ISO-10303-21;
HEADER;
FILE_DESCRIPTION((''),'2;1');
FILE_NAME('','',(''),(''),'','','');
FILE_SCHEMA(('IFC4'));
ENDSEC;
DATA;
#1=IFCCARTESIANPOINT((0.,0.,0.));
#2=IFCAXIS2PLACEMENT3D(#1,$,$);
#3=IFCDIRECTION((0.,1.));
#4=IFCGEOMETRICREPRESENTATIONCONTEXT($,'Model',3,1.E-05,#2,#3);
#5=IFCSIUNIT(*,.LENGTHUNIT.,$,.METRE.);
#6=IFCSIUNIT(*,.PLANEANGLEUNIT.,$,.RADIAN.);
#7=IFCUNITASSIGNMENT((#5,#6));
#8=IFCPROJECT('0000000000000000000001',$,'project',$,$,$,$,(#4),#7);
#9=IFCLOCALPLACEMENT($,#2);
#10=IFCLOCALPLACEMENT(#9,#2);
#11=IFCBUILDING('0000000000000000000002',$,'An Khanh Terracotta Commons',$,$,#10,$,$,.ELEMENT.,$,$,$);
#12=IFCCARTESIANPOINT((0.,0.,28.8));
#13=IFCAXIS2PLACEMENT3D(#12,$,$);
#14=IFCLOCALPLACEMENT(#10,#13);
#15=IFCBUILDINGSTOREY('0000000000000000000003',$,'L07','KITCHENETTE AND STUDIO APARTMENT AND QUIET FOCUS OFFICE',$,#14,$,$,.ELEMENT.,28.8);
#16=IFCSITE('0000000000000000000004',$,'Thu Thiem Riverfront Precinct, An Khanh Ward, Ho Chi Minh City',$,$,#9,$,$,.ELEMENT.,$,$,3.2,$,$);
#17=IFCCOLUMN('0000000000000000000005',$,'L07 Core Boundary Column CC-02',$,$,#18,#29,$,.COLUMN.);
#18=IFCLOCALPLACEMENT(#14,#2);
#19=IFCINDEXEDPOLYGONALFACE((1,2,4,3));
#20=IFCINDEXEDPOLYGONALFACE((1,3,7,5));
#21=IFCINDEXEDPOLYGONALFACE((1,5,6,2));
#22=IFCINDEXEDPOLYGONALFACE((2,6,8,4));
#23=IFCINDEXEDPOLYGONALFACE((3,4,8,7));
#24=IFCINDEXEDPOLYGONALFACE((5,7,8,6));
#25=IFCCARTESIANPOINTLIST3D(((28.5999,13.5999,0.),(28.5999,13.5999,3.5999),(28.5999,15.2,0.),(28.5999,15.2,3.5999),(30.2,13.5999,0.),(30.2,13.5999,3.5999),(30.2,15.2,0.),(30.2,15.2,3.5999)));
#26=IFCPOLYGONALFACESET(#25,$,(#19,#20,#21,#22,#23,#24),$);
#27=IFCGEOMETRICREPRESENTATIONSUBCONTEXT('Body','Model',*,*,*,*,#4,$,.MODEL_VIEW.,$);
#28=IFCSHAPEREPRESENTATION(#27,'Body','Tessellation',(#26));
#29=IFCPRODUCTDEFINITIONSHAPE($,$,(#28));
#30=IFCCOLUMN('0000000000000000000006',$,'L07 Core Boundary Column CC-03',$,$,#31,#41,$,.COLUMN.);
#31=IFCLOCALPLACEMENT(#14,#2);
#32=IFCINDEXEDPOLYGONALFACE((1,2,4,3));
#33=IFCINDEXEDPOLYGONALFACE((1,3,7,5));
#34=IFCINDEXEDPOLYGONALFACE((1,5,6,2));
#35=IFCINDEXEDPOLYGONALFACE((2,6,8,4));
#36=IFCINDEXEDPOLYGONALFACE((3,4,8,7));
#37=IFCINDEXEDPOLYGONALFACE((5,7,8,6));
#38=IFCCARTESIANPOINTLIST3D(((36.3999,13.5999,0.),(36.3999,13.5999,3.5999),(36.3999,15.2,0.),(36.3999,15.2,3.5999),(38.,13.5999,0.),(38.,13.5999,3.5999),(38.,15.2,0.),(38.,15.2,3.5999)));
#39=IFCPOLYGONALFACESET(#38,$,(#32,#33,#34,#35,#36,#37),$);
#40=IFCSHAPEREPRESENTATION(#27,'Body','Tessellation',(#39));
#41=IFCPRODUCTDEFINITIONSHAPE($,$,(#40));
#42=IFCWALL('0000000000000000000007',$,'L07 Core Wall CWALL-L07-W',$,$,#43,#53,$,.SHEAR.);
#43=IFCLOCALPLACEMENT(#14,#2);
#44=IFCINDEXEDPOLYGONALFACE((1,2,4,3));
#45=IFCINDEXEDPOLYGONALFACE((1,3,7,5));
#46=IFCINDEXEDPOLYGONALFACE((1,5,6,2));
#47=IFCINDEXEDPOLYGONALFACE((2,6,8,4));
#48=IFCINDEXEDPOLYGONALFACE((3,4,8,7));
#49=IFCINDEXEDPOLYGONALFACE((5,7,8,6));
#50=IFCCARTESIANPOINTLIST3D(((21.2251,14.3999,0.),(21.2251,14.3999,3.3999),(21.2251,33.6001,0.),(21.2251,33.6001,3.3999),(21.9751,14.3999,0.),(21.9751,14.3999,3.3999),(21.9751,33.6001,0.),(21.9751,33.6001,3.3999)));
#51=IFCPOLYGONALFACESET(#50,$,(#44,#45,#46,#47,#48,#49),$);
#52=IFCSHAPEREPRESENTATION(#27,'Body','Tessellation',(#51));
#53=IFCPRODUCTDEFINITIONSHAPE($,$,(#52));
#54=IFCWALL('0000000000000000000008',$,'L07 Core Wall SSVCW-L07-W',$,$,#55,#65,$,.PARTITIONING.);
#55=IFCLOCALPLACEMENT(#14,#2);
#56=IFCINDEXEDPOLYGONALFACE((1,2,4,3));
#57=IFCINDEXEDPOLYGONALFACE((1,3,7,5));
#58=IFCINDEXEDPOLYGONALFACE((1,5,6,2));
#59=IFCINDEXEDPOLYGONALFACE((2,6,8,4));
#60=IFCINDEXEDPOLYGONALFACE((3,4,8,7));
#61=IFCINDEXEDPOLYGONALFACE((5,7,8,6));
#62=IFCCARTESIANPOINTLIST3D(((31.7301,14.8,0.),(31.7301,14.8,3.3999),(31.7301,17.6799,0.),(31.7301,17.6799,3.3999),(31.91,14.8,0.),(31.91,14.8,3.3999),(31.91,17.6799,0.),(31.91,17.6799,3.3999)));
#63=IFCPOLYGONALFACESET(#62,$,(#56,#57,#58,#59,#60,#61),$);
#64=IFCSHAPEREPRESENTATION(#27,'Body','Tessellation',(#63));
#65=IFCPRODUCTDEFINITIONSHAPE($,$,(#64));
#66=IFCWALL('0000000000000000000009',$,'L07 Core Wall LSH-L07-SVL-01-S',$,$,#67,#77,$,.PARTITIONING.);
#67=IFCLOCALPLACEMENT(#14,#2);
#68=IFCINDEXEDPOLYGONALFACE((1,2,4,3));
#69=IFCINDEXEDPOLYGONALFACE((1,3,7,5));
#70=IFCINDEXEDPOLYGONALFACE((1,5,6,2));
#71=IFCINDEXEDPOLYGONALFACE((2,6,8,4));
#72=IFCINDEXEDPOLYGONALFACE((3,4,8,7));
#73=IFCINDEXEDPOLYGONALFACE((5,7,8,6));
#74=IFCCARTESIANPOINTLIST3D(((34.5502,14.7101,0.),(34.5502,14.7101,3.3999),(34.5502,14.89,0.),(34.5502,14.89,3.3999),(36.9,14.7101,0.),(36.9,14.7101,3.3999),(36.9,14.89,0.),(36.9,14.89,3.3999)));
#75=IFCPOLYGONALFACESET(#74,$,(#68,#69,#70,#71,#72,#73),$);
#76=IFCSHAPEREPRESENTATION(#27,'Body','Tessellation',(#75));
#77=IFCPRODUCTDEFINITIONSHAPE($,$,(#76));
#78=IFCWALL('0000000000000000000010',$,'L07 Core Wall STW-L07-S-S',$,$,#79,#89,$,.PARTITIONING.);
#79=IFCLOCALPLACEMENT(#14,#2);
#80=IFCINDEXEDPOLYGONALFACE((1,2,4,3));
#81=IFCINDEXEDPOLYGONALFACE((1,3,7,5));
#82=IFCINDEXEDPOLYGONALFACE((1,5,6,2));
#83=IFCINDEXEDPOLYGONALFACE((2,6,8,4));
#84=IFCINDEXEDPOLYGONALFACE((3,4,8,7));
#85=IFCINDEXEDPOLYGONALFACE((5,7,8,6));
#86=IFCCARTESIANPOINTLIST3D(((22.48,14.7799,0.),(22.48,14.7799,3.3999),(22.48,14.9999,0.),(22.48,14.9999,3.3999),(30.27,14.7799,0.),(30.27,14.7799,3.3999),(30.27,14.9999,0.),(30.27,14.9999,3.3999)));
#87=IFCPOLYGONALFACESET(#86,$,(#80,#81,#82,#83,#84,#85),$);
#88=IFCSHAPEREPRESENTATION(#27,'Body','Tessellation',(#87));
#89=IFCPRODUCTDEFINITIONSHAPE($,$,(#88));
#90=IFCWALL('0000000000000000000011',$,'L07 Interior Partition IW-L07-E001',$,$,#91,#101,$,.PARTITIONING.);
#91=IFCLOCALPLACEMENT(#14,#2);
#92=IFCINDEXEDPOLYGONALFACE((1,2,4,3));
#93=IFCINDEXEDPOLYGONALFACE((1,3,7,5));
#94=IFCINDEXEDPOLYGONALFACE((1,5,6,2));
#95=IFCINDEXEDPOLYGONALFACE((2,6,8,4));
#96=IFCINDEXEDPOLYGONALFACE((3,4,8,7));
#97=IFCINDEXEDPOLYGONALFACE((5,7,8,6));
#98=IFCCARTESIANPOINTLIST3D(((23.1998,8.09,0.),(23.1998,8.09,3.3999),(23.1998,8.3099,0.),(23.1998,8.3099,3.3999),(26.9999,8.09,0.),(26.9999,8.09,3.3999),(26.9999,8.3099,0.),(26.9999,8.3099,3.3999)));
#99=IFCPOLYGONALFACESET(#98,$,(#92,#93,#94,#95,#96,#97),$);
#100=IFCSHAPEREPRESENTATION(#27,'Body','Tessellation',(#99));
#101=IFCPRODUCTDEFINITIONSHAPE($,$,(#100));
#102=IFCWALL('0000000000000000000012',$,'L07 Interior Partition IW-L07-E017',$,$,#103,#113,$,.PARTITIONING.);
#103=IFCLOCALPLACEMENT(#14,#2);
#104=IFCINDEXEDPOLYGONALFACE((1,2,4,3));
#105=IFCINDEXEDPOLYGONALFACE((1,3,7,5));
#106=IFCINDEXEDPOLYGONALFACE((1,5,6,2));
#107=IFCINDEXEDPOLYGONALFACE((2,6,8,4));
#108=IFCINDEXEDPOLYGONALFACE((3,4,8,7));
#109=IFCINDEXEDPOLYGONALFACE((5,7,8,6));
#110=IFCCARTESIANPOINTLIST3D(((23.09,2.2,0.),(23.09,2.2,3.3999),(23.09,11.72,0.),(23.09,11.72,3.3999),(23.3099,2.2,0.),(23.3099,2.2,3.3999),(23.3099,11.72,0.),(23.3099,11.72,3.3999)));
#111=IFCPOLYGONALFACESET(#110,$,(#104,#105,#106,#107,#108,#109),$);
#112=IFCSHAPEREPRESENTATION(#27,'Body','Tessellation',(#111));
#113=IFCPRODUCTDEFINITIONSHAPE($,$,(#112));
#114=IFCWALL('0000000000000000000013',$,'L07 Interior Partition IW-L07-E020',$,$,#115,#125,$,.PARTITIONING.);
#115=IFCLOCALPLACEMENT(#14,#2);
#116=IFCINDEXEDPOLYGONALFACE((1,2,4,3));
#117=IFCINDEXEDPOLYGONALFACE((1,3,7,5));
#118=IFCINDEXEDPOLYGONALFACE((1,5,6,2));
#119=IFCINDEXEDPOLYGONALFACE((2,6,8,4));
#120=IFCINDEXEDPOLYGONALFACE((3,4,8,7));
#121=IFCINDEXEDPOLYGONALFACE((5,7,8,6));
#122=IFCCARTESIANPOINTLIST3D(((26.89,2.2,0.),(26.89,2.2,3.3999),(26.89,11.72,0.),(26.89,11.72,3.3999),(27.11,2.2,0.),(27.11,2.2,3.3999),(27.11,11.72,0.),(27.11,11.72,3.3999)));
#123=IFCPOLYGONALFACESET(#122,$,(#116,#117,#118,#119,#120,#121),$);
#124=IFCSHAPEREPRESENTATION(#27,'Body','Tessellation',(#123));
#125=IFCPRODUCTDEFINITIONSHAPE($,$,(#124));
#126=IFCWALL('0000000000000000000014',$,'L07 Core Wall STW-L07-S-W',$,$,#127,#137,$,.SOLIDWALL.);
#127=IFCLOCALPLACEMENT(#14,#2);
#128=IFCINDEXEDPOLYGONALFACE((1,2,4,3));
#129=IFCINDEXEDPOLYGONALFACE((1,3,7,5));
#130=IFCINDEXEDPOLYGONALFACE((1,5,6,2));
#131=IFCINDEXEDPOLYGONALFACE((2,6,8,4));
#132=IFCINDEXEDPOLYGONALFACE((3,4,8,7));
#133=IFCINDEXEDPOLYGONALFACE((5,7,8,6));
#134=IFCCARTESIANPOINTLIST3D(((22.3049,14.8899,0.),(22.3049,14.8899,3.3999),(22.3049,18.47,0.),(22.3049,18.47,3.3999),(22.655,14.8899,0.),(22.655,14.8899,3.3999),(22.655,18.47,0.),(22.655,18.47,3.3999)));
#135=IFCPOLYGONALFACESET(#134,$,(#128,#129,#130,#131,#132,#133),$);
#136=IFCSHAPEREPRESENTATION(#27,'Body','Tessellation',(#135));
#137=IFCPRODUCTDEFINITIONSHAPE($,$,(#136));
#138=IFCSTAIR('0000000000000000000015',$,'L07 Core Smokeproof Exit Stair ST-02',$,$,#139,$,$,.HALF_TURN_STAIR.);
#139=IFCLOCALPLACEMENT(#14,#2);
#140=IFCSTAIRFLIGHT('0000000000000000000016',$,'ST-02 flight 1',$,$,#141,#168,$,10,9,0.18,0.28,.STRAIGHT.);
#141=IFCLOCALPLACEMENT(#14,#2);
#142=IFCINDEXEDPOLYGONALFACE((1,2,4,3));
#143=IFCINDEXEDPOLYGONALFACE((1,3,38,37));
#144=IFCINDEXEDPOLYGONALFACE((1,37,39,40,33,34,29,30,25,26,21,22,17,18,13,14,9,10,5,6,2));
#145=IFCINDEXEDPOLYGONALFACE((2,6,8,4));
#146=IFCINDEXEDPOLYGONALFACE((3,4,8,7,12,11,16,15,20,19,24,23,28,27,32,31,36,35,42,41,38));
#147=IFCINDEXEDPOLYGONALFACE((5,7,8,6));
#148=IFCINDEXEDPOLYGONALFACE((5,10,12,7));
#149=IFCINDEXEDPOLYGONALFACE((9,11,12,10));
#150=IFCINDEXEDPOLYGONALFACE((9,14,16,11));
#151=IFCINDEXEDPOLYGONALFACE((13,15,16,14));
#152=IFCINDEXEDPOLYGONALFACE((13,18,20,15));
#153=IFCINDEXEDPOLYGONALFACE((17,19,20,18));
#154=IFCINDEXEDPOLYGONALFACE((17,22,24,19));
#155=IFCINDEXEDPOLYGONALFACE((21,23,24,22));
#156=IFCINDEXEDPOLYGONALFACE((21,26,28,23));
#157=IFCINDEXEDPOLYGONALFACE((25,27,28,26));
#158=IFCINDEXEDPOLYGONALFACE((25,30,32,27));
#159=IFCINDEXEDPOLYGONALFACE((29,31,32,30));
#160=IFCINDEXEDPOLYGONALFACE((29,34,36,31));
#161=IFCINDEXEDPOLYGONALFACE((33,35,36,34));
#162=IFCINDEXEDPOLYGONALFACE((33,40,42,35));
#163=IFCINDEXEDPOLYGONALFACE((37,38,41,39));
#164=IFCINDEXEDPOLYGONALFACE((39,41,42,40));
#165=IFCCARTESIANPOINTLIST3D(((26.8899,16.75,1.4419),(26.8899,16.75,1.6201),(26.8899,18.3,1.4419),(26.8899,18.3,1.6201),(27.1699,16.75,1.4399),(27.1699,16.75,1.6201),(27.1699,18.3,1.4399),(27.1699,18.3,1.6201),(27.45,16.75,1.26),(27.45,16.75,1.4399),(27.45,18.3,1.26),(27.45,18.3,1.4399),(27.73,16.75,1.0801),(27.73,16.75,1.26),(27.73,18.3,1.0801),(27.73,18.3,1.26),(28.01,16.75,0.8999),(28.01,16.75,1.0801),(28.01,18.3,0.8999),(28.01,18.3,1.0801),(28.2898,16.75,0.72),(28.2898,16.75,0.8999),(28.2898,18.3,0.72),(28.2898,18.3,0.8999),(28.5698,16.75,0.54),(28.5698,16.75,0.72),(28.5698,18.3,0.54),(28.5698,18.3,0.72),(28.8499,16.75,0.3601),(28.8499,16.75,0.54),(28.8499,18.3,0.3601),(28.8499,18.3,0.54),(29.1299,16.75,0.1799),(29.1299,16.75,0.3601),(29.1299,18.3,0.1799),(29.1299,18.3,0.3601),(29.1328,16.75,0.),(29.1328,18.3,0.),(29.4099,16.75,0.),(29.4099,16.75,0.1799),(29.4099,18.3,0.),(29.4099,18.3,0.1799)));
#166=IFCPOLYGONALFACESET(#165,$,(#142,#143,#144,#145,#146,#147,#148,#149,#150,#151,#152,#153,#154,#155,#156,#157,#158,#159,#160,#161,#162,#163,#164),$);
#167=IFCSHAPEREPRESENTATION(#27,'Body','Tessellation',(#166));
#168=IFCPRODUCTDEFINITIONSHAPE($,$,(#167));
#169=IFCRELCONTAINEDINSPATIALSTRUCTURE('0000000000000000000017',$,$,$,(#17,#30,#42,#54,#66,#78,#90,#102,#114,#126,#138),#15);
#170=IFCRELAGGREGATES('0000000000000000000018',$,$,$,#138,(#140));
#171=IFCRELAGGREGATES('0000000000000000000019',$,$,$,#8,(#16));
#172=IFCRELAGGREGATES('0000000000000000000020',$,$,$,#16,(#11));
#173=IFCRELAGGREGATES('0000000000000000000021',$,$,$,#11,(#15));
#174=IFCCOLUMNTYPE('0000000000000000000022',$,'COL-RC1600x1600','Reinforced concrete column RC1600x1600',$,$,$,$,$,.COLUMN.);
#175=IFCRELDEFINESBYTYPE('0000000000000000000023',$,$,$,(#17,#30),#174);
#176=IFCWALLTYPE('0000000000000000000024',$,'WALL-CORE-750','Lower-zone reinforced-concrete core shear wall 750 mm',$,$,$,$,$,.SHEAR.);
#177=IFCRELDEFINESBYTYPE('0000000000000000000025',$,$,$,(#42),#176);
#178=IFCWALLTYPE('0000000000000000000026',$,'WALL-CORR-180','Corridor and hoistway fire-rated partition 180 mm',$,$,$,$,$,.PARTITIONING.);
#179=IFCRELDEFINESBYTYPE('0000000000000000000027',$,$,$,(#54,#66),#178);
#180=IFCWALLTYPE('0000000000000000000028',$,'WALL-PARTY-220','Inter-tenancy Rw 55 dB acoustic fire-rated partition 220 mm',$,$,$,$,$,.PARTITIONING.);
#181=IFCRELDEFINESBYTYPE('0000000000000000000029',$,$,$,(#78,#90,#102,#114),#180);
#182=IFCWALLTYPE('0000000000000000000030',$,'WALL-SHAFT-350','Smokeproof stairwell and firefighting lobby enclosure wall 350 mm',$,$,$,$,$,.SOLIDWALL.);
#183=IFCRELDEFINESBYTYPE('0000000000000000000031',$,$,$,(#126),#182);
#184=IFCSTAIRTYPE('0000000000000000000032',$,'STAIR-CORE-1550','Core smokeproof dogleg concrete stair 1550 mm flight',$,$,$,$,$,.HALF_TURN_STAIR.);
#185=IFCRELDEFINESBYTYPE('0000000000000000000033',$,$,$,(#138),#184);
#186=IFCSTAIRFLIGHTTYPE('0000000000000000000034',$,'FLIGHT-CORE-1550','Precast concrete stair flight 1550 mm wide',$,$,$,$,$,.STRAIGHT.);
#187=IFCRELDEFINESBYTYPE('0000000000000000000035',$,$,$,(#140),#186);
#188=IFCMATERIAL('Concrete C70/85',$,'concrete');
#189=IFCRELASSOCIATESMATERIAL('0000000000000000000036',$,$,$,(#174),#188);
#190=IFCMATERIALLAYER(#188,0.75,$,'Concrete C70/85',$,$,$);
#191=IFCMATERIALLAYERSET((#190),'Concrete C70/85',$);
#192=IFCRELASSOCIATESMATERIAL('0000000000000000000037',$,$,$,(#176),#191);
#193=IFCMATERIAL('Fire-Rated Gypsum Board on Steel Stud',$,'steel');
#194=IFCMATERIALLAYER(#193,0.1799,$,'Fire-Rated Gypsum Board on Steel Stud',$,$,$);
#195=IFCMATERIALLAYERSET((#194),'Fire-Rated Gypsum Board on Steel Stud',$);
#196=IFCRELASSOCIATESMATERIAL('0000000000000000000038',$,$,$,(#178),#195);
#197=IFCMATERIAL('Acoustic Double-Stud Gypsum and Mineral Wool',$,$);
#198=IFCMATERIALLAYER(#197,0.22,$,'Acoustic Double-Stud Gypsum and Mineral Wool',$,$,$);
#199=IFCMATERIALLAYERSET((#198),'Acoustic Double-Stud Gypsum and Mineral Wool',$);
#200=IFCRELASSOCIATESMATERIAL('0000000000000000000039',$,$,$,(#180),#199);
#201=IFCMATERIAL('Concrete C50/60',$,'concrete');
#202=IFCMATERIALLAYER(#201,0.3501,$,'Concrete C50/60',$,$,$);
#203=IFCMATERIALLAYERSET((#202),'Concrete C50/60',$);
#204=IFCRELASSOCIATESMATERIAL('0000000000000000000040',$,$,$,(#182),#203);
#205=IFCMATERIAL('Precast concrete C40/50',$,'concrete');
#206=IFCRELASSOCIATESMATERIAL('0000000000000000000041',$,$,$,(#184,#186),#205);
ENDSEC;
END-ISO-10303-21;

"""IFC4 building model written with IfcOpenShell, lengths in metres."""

from ifc_helpers import new_model, si_unit, direction, frame, frame_2d, origin, origin_2d, place, context, subcontext, project, spatial, polyline, rectangle, outline, extrude, material, layer, layer_set, material_profile, profile_set, type_object, element, aggregate, save


model = new_model("IFC4")

# Units and contexts
model_context = context("Model", 3, precision=1e-05, world=origin(), true_north=direction((0.0, 1.0)))
body_context = subcontext(model_context, "Body", "Model", "MODEL_VIEW")
ifc_project = project(units=[si_unit("LENGTHUNIT", "METRE"), si_unit("PLANEANGLEUNIT", "RADIAN")], contexts=[model_context])

# Site, building, storey
site_placement = place(None, origin())
site = spatial("IfcSite", under=ifc_project, at=site_placement, Name="Thu Thiem Riverfront Precinct, An Khanh Ward, Ho Chi Minh City", CompositionType="ELEMENT", RefElevation=3.2)
building_placement = place(site_placement, origin())
building = spatial("IfcBuilding", under=site, at=building_placement, Name="An Khanh Terracotta Commons", CompositionType="ELEMENT")
storey_placement = place(building_placement, frame((0.0, 0.0, 28.8)))
storey = spatial("IfcBuildingStorey", under=building, at=storey_placement, Name="L07", Description="KITCHENETTE AND STUDIO APARTMENT AND QUIET FOCUS OFFICE", CompositionType="ELEMENT", Elevation=28.8)

# Columns
ifc_material_1 = material(Name="Concrete C70/85", Category="concrete")
ifc_material_profile = material_profile(ifc_material_1, rectangle(XDim=1.6001, YDim=1.6001, at=origin_2d()), Name="RC1600x1600")
ifc_profile_set = profile_set([ifc_material_profile], Name="Concrete C70/85")
column_type = type_object("IfcColumnType", Name="COL-RC1600x1600", Description="Reinforced concrete column RC1600x1600", PredefinedType="COLUMN", material=ifc_profile_set)
for number, where, z_axis, x_axis, name in (
    (1, (29.3999, 14.3999, 0.0), (0.0, 0.0, 1.0), (1.0, 0.0, 0.0), "L07 Core Boundary Column CC-02"),
    (2, (37.2, 14.3999, 0.0), (0.0, 0.0, 1.0), (1.0, 0.0, 0.0), "L07 Core Boundary Column CC-03"),
):
    element("IfcColumn", number, at=place(storey_placement, frame(where, z_axis=z_axis, x_axis=x_axis)), inside=storey, type_object=column_type, Name=name, PredefinedType="COLUMN", context=body_context, shape_type="SweptSolid", body=[
        extrude(rectangle(XDim=1.6001, YDim=1.6001, at=origin_2d()), origin(), (0.0, 0.0, 1.0), 3.5999),
    ])

# Walls
ifc_layer_1 = layer(ifc_material_1, 0.75, Name="Concrete C70/85")
ifc_layer_set_1 = layer_set([ifc_layer_1], Name="Concrete C70/85")
wall_type_1 = type_object("IfcWallType", Name="WALL-CORE-750", Description="Lower-zone reinforced-concrete core shear wall 750 mm", PredefinedType="SHEAR", material=ifc_layer_set_1)
wall_1_placement = place(storey_placement, frame((21.6001, 14.3999, 0.0), z_axis=(0.0, 0.0, 1.0), x_axis=(0.0, 1.0, 0.0)))
element("IfcWall", 3, at=wall_1_placement, inside=storey, type_object=wall_type_1, Name="L07 Core Wall CWALL-L07-W", PredefinedType="SHEAR", context=body_context, shape_type="SweptSolid", body=[
    extrude(rectangle(XDim=19.2002, YDim=0.75, at=frame_2d((9.6001, 0.0))), origin(), (0.0, 0.0, 1.0), 3.3999),
])
ifc_material_2 = material(Name="Fire-Rated Gypsum Board on Steel Stud", Category="steel")
ifc_layer_2 = layer(ifc_material_2, 0.1799, Name="Fire-Rated Gypsum Board on Steel Stud")
ifc_layer_set_2 = layer_set([ifc_layer_2], Name="Fire-Rated Gypsum Board on Steel Stud")
wall_type_2 = type_object("IfcWallType", Name="WALL-CORR-180", Description="Corridor and hoistway fire-rated partition 180 mm", PredefinedType="PARTITIONING", material=ifc_layer_set_2)
wall_2_placement = place(storey_placement, frame((31.8201, 14.8, 0.0), z_axis=(0.0, 0.0, 1.0), x_axis=(0.0, 1.0, 0.0)))
element("IfcWall", 4, at=wall_2_placement, inside=storey, type_object=wall_type_2, Name="L07 Core Wall SSVCW-L07-W", PredefinedType="PARTITIONING", context=body_context, shape_type="SweptSolid", body=[
    extrude(rectangle(XDim=2.8799, YDim=0.1799, at=frame_2d((1.4399, 0.0))), origin(), (0.0, 0.0, 1.0), 3.3999),
])
wall_3_placement = place(storey_placement, frame((36.8999, 14.8, 0.0), z_axis=(0.0, 0.0, 1.0), x_axis=(-1.0, 0.0, 0.0)))
element("IfcWall", 5, at=wall_3_placement, inside=storey, type_object=wall_type_2, Name="L07 Core Wall LSH-L07-SVL-01-S", PredefinedType="PARTITIONING", context=body_context, shape_type="SweptSolid", body=[
    extrude(rectangle(XDim=2.3499, YDim=0.1799, at=frame_2d((1.1748, 0.0))), origin(), (0.0, 0.0, 1.0), 3.3999),
])
ifc_material_3 = material(Name="Acoustic Double-Stud Gypsum and Mineral Wool")
ifc_layer_3 = layer(ifc_material_3, 0.22, Name="Acoustic Double-Stud Gypsum and Mineral Wool")
ifc_layer_set_3 = layer_set([ifc_layer_3], Name="Acoustic Double-Stud Gypsum and Mineral Wool")
wall_type_3 = type_object("IfcWallType", Name="WALL-PARTY-220", Description="Inter-tenancy Rw 55 dB acoustic fire-rated partition 220 mm", PredefinedType="PARTITIONING", material=ifc_layer_set_3)
wall_4_placement = place(storey_placement, frame((22.48, 14.8899, 0.0), z_axis=(0.0, 0.0, 1.0), x_axis=(1.0, 0.0, 0.0)))
element("IfcWall", 6, at=wall_4_placement, inside=storey, type_object=wall_type_3, Name="L07 Core Wall STW-L07-S-S", PredefinedType="PARTITIONING", context=body_context, shape_type="SweptSolid", body=[
    extrude(rectangle(XDim=7.79, YDim=0.22, at=frame_2d((3.895, 0.0))), origin(), (0.0, 0.0, 1.0), 3.3999),
])
wall_5_placement = place(storey_placement, frame((23.2, 8.2, 0.0), z_axis=(0.0, 0.0, 1.0), x_axis=(1.0, 0.0, 0.0)))
element("IfcWall", 7, at=wall_5_placement, inside=storey, type_object=wall_type_3, Name="L07 Interior Partition IW-L07-E001", PredefinedType="PARTITIONING", context=body_context, shape_type="SweptSolid", body=[
    extrude(rectangle(XDim=3.8, YDim=0.22, at=frame_2d((1.8999, 0.0))), origin(), (0.0, 0.0, 1.0), 3.3999),
])
for number, where, z_axis, x_axis, name in (
    (8, (23.2, 2.2, 0.0), (0.0, 0.0, 1.0), (0.0, 1.0, 0.0), "L07 Interior Partition IW-L07-E017"),
    (9, (27.0, 2.2, 0.0), (0.0, 0.0, 1.0), (0.0, 1.0, 0.0), "L07 Interior Partition IW-L07-E020"),
):
    element("IfcWall", number, at=place(storey_placement, frame(where, z_axis=z_axis, x_axis=x_axis)), inside=storey, type_object=wall_type_3, Name=name, PredefinedType="PARTITIONING", context=body_context, shape_type="SweptSolid", body=[
        extrude(rectangle(XDim=9.52, YDim=0.22, at=frame_2d((4.76, 0.0))), origin(), (0.0, 0.0, 1.0), 3.3999),
    ])
ifc_material_4 = material(Name="Concrete C50/60", Category="concrete")
ifc_layer_4 = layer(ifc_material_4, 0.3501, Name="Concrete C50/60")
ifc_layer_set_4 = layer_set([ifc_layer_4], Name="Concrete C50/60")
wall_type_4 = type_object("IfcWallType", Name="WALL-SHAFT-350", Description="Smokeproof stairwell and firefighting lobby enclosure wall 350 mm", PredefinedType="SOLIDWALL", material=ifc_layer_set_4)
wall_6_placement = place(storey_placement, frame((22.48, 14.8899, 0.0), z_axis=(0.0, 0.0, 1.0), x_axis=(0.0, 1.0, 0.0)))
element("IfcWall", 10, at=wall_6_placement, inside=storey, type_object=wall_type_4, Name="L07 Core Wall STW-L07-S-W", PredefinedType="SOLIDWALL", context=body_context, shape_type="SweptSolid", body=[
    extrude(rectangle(XDim=3.5801, YDim=0.3501, at=frame_2d((1.79, 0.0))), origin(), (0.0, 0.0, 1.0), 3.3999),
])

# Stair, stair flight
ifc_material_5 = material(Name="Precast concrete C40/50", Category="concrete")
stair_type = type_object("IfcStairType", Name="STAIR-CORE-1550", Description="Core smokeproof dogleg concrete stair 1550 mm flight", PredefinedType="HALF_TURN_STAIR", material=ifc_material_5)
stair_placement = place(storey_placement, origin())
stair = element("IfcStair", 11, at=stair_placement, inside=storey, type_object=stair_type, Name="L07 Core Smokeproof Exit Stair ST-02", PredefinedType="HALF_TURN_STAIR")
stair_flight_type = type_object("IfcStairFlightType", Name="FLIGHT-CORE-1550", Description="Precast concrete stair flight 1550 mm wide", PredefinedType="STRAIGHT", material=ifc_material_5)
stair_flight_1_placement = place(storey_placement, frame((29.4099, 17.5249, 0.0), z_axis=(0.0, 0.0, 1.0), x_axis=(-1.0, 0.0, 0.0)))
stair_flight_1 = element("IfcStairFlight", 12, at=stair_flight_1_placement, type_object=stair_flight_type, Name="ST-02 flight 1", NumberOfRisers=10, NumberOfTreads=9, PredefinedType="STRAIGHT", RiserHeight=0.18, TreadLength=0.28, context=body_context, shape_type="SweptSolid", body=[
    extrude(outline(polyline([(0.0, 0.0), (0.0, 0.1799), (0.28, 0.1799), (0.28, 0.3601), (0.5601, 0.3601), (0.5601, 0.54), (0.8401, 0.54), (0.8401, 0.72), (1.1201, 0.72), (1.1201, 0.8999), (1.3999, 0.8999), (1.3999, 1.0801), (1.6799, 1.0801), (1.6799, 1.26), (1.96, 1.26), (1.96, 1.4399), (2.24, 1.4399), (2.24, 1.6201), (2.52, 1.6201), (2.52, 1.8), (2.52, 1.4419), (0.2771, 0.0), (0.0, 0.0)])), frame((0.0, 0.7749, 0.0), z_axis=(0.0, -1.0, 0.0), x_axis=(1.0, 0.0, 0.0)), (0.0, 0.0, 1.0), 1.55),
])
aggregate(stair, [stair_flight_1])

save(model, "model.ifc")
